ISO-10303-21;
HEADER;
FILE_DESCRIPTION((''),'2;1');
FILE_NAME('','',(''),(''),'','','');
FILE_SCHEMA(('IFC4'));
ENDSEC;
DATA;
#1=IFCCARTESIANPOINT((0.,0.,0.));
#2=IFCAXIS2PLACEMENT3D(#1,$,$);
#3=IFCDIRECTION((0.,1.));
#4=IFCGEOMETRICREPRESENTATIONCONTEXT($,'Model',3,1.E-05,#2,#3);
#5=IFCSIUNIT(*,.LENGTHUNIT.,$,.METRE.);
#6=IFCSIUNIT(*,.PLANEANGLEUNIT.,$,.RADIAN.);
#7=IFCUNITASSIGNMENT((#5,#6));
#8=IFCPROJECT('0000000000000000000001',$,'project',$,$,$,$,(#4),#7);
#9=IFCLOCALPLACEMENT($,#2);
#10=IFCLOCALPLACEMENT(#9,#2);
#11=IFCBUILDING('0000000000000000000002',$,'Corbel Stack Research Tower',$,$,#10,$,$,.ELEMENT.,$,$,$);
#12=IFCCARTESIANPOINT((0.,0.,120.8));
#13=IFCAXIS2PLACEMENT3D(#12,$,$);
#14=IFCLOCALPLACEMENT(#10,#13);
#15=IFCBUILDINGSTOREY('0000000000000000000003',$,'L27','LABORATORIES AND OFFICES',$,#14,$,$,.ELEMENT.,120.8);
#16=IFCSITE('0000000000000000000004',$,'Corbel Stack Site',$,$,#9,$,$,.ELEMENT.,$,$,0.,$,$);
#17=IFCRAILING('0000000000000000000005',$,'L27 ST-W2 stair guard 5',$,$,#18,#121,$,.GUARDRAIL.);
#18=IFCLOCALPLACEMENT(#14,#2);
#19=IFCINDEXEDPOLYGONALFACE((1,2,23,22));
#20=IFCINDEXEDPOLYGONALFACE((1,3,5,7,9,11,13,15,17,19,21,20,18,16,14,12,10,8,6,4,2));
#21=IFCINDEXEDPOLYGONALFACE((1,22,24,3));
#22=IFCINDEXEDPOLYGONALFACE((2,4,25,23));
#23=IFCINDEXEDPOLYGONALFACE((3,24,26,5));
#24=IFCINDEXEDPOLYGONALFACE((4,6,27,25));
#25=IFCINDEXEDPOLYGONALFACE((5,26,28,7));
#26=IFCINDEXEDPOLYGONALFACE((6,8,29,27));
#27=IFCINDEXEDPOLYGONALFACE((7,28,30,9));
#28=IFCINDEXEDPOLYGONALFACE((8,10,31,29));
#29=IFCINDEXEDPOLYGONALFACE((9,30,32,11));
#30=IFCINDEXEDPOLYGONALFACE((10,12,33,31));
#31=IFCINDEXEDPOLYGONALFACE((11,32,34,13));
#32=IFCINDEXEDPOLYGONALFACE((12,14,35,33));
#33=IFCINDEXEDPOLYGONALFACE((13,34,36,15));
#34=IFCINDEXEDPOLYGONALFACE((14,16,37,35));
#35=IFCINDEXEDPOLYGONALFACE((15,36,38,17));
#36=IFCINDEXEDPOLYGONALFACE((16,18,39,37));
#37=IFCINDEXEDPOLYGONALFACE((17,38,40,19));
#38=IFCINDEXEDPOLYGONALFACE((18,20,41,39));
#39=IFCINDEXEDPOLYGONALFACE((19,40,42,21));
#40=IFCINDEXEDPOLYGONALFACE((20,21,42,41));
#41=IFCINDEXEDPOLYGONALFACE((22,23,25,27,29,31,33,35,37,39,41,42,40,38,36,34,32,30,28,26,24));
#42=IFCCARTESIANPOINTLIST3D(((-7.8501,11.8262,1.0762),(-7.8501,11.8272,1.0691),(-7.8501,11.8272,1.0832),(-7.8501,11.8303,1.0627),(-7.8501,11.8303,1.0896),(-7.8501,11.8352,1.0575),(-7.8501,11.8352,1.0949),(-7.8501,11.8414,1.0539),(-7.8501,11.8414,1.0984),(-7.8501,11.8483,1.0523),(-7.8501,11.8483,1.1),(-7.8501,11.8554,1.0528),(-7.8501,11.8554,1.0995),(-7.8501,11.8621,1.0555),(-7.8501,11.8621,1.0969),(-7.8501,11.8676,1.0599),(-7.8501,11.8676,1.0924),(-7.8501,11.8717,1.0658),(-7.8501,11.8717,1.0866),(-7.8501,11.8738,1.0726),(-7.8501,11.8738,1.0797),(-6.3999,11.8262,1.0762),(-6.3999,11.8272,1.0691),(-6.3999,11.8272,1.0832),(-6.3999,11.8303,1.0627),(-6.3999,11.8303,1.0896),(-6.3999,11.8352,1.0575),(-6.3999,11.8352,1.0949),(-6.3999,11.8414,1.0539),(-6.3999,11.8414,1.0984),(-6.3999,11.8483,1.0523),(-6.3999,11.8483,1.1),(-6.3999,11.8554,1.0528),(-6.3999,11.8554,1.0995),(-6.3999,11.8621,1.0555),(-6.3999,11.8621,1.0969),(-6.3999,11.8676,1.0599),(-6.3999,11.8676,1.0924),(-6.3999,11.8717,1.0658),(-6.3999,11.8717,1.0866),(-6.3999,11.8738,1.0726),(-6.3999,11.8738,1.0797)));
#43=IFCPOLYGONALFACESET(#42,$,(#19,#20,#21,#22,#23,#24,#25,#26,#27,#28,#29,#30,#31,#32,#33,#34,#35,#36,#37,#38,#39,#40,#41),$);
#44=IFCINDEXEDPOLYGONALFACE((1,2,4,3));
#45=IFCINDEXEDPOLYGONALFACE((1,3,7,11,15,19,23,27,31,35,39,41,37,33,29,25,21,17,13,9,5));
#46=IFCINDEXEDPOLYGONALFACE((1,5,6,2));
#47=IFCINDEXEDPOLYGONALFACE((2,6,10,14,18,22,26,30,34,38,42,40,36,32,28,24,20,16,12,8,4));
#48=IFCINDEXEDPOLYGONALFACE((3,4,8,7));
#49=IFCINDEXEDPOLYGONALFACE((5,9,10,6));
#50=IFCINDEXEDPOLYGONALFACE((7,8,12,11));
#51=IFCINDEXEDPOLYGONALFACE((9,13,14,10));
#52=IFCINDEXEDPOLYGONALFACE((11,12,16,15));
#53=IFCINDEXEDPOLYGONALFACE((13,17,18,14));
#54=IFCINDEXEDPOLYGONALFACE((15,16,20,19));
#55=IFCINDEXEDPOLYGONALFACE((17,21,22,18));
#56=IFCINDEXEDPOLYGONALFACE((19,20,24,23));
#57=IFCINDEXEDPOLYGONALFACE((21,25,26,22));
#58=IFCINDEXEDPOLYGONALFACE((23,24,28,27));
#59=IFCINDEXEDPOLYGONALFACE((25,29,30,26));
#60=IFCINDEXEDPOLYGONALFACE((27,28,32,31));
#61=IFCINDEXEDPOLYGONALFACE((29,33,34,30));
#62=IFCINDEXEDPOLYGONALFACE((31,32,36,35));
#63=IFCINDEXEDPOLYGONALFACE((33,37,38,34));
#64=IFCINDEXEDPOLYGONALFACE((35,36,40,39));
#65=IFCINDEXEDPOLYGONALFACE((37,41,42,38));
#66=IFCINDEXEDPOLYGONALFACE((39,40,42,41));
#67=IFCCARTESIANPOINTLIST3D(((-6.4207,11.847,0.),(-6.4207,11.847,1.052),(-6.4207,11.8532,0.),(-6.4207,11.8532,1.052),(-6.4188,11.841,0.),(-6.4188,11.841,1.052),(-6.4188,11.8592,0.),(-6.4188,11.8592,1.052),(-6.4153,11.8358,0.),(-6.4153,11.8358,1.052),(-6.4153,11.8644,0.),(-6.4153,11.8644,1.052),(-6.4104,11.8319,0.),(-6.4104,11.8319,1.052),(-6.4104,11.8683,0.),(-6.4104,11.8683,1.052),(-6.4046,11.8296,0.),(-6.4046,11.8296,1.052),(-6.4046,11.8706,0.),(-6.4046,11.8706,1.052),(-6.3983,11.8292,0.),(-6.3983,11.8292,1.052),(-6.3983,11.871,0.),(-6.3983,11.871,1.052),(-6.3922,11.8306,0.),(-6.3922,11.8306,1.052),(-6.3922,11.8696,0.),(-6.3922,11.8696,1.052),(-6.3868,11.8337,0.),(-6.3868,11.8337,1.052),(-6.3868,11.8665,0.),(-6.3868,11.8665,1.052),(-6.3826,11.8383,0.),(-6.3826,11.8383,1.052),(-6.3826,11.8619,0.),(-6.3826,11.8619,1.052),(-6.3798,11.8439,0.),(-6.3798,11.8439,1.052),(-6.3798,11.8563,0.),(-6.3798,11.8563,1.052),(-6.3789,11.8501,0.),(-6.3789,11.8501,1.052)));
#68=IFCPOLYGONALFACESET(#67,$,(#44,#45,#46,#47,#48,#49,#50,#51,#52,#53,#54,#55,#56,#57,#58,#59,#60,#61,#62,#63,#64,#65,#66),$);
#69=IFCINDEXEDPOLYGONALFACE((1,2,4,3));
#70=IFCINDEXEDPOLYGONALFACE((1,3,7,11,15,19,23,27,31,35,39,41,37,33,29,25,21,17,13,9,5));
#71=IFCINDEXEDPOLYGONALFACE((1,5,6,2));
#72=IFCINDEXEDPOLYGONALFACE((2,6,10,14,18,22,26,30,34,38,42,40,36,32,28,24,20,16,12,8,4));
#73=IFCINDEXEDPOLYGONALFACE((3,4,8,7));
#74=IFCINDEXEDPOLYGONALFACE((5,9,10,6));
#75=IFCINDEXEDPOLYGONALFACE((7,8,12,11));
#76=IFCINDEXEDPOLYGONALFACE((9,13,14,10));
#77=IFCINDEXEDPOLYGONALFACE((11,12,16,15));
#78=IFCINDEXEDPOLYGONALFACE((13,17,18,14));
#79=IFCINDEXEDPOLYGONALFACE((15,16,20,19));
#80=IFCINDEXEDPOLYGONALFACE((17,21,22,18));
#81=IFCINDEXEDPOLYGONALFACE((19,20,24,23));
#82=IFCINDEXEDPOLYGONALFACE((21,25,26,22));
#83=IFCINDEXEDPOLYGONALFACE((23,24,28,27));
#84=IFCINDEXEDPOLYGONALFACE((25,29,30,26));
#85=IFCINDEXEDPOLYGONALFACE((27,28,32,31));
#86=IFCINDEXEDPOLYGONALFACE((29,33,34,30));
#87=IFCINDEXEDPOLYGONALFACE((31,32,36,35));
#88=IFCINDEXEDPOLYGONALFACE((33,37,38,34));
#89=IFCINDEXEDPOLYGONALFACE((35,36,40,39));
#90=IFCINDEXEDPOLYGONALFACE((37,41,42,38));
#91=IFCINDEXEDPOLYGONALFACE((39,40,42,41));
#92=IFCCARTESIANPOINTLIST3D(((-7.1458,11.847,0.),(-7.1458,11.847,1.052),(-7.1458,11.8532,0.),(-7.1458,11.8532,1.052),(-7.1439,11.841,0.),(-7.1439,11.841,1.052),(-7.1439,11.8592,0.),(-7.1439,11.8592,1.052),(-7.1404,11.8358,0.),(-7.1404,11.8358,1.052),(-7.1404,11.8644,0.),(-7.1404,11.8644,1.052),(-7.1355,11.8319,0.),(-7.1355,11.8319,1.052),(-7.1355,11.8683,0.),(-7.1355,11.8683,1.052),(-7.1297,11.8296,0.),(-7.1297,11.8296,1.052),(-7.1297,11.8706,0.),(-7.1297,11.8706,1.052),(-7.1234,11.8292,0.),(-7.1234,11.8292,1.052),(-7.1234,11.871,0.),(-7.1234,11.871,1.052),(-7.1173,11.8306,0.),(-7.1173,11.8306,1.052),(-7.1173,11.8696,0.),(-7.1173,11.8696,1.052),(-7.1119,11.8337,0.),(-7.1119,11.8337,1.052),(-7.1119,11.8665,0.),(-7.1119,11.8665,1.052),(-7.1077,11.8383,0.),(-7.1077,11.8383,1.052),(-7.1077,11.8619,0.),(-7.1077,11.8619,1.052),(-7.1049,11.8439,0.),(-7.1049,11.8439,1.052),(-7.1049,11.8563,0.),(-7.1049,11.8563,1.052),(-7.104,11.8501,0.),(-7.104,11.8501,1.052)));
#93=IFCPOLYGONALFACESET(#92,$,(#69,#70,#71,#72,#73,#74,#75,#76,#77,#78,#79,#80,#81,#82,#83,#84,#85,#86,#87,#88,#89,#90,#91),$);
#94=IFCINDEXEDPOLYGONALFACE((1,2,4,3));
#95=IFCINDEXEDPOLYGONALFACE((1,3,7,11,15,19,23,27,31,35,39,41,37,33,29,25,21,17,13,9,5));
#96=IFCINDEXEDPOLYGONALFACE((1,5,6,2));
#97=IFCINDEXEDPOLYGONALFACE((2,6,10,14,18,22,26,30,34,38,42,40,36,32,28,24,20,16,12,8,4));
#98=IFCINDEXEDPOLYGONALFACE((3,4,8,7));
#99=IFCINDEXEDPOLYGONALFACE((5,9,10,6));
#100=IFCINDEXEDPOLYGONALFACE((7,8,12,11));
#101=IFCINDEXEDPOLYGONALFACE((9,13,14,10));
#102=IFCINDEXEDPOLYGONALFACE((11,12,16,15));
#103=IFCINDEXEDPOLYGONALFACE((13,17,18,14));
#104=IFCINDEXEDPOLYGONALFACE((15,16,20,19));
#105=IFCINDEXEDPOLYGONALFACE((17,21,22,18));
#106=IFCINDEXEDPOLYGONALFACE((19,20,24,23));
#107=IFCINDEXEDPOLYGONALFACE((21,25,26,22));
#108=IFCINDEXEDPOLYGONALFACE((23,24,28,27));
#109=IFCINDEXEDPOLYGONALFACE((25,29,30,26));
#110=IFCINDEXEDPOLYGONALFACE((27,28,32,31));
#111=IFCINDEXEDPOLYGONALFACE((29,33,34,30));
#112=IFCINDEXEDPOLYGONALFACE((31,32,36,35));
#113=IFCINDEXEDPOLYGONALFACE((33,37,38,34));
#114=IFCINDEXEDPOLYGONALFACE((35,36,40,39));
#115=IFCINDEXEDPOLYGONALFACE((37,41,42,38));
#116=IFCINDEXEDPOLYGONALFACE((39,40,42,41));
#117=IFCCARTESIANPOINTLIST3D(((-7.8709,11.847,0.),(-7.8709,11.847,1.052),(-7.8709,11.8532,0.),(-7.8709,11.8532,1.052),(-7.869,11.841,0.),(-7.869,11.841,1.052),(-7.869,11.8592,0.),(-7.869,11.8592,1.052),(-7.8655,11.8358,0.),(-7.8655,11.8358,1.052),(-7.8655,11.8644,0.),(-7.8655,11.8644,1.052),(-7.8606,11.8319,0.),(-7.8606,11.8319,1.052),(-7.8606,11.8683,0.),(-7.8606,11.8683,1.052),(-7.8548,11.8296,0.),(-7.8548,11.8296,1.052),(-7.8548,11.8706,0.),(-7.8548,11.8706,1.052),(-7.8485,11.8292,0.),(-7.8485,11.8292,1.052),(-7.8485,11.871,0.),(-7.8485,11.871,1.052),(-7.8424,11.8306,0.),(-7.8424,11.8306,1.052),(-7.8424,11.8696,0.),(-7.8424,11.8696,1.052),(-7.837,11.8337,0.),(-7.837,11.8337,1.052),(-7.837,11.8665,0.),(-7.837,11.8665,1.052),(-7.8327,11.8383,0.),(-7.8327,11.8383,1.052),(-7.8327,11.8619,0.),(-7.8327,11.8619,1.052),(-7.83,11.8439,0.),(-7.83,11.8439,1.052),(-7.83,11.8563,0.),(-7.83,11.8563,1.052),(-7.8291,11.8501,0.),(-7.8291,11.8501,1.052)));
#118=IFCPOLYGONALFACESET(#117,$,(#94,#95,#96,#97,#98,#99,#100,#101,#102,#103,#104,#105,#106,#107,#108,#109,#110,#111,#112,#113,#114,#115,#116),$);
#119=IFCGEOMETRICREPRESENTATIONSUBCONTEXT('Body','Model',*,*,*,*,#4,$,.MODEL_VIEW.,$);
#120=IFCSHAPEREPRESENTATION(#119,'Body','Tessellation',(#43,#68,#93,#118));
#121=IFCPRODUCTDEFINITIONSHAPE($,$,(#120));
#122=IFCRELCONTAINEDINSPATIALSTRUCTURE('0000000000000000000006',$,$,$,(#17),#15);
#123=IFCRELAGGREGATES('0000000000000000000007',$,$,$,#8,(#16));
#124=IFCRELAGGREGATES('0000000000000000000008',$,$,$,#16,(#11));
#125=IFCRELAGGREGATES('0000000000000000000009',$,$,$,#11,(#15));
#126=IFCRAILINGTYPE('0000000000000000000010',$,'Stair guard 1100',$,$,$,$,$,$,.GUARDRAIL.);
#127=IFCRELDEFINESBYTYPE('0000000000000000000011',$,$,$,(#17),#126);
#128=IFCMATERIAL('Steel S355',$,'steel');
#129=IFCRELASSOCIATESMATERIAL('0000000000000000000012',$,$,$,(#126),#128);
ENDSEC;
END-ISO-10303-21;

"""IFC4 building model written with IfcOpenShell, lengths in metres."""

from ifc_helpers import new_model, si_unit, direction, frame, origin, origin_2d, place, context, subcontext, project, spatial, circle, extrude, material, type_object, element, save


model = new_model("IFC4")

# Units and contexts
model_context = context("Model", 3, precision=1e-05, world=origin(), true_north=direction((0.0, 1.0)))
body_context = subcontext(model_context, "Body", "Model", "MODEL_VIEW")
ifc_project = project(units=[si_unit("LENGTHUNIT", "METRE"), si_unit("PLANEANGLEUNIT", "RADIAN")], contexts=[model_context])

# Site, building, storey
site_placement = place(None, origin())
site = spatial("IfcSite", under=ifc_project, at=site_placement, Name="Corbel Stack Site", CompositionType="ELEMENT", RefElevation=0.0)
building_placement = place(site_placement, origin())
building = spatial("IfcBuilding", under=site, at=building_placement, Name="Corbel Stack Research Tower", CompositionType="ELEMENT")
storey_placement = place(building_placement, frame((0.0, 0.0, 120.8)))
storey = spatial("IfcBuildingStorey", under=building, at=storey_placement, Name="L27", Description="LABORATORIES AND OFFICES", CompositionType="ELEMENT", Elevation=120.8)

# Railing
ifc_material_1 = material(Name="Steel S355", Category="steel")
railing_type_1 = type_object("IfcRailingType", Name="Stair guard 1100", PredefinedType="GUARDRAIL", material=ifc_material_1)
railing_1_placement = place(storey_placement, frame((-6.3999, 11.8501, 0.0)))
element("IfcRailing", 1, at=railing_1_placement, inside=storey, type_object=railing_type_1, Name="L27 ST-W2 stair guard 5", PredefinedType="GUARDRAIL", context=body_context, shape_type="SweptSolid", body=[
    extrude(circle(Radius=0.0239, at=origin_2d()), frame((0.0, 0.0, 1.0762), z_axis=(-1.0, 0.0, 0.0), x_axis=(0.0, -1.0, 0.0)), (0.0, 0.0, 1.0), 1.4502),
    extrude(circle(Radius=0.021, at=origin_2d()), origin(), (0.0, 0.0, 1.0), 1.052),
    extrude(circle(Radius=0.021, at=origin_2d()), frame((-0.7251, 0.0, 0.0)), (0.0, 0.0, 1.0), 1.052),
    extrude(circle(Radius=0.021, at=origin_2d()), frame((-1.4502, 0.0, 0.0)), (0.0, 0.0, 1.0), 1.052),
])

save(model, "model.ifc")
